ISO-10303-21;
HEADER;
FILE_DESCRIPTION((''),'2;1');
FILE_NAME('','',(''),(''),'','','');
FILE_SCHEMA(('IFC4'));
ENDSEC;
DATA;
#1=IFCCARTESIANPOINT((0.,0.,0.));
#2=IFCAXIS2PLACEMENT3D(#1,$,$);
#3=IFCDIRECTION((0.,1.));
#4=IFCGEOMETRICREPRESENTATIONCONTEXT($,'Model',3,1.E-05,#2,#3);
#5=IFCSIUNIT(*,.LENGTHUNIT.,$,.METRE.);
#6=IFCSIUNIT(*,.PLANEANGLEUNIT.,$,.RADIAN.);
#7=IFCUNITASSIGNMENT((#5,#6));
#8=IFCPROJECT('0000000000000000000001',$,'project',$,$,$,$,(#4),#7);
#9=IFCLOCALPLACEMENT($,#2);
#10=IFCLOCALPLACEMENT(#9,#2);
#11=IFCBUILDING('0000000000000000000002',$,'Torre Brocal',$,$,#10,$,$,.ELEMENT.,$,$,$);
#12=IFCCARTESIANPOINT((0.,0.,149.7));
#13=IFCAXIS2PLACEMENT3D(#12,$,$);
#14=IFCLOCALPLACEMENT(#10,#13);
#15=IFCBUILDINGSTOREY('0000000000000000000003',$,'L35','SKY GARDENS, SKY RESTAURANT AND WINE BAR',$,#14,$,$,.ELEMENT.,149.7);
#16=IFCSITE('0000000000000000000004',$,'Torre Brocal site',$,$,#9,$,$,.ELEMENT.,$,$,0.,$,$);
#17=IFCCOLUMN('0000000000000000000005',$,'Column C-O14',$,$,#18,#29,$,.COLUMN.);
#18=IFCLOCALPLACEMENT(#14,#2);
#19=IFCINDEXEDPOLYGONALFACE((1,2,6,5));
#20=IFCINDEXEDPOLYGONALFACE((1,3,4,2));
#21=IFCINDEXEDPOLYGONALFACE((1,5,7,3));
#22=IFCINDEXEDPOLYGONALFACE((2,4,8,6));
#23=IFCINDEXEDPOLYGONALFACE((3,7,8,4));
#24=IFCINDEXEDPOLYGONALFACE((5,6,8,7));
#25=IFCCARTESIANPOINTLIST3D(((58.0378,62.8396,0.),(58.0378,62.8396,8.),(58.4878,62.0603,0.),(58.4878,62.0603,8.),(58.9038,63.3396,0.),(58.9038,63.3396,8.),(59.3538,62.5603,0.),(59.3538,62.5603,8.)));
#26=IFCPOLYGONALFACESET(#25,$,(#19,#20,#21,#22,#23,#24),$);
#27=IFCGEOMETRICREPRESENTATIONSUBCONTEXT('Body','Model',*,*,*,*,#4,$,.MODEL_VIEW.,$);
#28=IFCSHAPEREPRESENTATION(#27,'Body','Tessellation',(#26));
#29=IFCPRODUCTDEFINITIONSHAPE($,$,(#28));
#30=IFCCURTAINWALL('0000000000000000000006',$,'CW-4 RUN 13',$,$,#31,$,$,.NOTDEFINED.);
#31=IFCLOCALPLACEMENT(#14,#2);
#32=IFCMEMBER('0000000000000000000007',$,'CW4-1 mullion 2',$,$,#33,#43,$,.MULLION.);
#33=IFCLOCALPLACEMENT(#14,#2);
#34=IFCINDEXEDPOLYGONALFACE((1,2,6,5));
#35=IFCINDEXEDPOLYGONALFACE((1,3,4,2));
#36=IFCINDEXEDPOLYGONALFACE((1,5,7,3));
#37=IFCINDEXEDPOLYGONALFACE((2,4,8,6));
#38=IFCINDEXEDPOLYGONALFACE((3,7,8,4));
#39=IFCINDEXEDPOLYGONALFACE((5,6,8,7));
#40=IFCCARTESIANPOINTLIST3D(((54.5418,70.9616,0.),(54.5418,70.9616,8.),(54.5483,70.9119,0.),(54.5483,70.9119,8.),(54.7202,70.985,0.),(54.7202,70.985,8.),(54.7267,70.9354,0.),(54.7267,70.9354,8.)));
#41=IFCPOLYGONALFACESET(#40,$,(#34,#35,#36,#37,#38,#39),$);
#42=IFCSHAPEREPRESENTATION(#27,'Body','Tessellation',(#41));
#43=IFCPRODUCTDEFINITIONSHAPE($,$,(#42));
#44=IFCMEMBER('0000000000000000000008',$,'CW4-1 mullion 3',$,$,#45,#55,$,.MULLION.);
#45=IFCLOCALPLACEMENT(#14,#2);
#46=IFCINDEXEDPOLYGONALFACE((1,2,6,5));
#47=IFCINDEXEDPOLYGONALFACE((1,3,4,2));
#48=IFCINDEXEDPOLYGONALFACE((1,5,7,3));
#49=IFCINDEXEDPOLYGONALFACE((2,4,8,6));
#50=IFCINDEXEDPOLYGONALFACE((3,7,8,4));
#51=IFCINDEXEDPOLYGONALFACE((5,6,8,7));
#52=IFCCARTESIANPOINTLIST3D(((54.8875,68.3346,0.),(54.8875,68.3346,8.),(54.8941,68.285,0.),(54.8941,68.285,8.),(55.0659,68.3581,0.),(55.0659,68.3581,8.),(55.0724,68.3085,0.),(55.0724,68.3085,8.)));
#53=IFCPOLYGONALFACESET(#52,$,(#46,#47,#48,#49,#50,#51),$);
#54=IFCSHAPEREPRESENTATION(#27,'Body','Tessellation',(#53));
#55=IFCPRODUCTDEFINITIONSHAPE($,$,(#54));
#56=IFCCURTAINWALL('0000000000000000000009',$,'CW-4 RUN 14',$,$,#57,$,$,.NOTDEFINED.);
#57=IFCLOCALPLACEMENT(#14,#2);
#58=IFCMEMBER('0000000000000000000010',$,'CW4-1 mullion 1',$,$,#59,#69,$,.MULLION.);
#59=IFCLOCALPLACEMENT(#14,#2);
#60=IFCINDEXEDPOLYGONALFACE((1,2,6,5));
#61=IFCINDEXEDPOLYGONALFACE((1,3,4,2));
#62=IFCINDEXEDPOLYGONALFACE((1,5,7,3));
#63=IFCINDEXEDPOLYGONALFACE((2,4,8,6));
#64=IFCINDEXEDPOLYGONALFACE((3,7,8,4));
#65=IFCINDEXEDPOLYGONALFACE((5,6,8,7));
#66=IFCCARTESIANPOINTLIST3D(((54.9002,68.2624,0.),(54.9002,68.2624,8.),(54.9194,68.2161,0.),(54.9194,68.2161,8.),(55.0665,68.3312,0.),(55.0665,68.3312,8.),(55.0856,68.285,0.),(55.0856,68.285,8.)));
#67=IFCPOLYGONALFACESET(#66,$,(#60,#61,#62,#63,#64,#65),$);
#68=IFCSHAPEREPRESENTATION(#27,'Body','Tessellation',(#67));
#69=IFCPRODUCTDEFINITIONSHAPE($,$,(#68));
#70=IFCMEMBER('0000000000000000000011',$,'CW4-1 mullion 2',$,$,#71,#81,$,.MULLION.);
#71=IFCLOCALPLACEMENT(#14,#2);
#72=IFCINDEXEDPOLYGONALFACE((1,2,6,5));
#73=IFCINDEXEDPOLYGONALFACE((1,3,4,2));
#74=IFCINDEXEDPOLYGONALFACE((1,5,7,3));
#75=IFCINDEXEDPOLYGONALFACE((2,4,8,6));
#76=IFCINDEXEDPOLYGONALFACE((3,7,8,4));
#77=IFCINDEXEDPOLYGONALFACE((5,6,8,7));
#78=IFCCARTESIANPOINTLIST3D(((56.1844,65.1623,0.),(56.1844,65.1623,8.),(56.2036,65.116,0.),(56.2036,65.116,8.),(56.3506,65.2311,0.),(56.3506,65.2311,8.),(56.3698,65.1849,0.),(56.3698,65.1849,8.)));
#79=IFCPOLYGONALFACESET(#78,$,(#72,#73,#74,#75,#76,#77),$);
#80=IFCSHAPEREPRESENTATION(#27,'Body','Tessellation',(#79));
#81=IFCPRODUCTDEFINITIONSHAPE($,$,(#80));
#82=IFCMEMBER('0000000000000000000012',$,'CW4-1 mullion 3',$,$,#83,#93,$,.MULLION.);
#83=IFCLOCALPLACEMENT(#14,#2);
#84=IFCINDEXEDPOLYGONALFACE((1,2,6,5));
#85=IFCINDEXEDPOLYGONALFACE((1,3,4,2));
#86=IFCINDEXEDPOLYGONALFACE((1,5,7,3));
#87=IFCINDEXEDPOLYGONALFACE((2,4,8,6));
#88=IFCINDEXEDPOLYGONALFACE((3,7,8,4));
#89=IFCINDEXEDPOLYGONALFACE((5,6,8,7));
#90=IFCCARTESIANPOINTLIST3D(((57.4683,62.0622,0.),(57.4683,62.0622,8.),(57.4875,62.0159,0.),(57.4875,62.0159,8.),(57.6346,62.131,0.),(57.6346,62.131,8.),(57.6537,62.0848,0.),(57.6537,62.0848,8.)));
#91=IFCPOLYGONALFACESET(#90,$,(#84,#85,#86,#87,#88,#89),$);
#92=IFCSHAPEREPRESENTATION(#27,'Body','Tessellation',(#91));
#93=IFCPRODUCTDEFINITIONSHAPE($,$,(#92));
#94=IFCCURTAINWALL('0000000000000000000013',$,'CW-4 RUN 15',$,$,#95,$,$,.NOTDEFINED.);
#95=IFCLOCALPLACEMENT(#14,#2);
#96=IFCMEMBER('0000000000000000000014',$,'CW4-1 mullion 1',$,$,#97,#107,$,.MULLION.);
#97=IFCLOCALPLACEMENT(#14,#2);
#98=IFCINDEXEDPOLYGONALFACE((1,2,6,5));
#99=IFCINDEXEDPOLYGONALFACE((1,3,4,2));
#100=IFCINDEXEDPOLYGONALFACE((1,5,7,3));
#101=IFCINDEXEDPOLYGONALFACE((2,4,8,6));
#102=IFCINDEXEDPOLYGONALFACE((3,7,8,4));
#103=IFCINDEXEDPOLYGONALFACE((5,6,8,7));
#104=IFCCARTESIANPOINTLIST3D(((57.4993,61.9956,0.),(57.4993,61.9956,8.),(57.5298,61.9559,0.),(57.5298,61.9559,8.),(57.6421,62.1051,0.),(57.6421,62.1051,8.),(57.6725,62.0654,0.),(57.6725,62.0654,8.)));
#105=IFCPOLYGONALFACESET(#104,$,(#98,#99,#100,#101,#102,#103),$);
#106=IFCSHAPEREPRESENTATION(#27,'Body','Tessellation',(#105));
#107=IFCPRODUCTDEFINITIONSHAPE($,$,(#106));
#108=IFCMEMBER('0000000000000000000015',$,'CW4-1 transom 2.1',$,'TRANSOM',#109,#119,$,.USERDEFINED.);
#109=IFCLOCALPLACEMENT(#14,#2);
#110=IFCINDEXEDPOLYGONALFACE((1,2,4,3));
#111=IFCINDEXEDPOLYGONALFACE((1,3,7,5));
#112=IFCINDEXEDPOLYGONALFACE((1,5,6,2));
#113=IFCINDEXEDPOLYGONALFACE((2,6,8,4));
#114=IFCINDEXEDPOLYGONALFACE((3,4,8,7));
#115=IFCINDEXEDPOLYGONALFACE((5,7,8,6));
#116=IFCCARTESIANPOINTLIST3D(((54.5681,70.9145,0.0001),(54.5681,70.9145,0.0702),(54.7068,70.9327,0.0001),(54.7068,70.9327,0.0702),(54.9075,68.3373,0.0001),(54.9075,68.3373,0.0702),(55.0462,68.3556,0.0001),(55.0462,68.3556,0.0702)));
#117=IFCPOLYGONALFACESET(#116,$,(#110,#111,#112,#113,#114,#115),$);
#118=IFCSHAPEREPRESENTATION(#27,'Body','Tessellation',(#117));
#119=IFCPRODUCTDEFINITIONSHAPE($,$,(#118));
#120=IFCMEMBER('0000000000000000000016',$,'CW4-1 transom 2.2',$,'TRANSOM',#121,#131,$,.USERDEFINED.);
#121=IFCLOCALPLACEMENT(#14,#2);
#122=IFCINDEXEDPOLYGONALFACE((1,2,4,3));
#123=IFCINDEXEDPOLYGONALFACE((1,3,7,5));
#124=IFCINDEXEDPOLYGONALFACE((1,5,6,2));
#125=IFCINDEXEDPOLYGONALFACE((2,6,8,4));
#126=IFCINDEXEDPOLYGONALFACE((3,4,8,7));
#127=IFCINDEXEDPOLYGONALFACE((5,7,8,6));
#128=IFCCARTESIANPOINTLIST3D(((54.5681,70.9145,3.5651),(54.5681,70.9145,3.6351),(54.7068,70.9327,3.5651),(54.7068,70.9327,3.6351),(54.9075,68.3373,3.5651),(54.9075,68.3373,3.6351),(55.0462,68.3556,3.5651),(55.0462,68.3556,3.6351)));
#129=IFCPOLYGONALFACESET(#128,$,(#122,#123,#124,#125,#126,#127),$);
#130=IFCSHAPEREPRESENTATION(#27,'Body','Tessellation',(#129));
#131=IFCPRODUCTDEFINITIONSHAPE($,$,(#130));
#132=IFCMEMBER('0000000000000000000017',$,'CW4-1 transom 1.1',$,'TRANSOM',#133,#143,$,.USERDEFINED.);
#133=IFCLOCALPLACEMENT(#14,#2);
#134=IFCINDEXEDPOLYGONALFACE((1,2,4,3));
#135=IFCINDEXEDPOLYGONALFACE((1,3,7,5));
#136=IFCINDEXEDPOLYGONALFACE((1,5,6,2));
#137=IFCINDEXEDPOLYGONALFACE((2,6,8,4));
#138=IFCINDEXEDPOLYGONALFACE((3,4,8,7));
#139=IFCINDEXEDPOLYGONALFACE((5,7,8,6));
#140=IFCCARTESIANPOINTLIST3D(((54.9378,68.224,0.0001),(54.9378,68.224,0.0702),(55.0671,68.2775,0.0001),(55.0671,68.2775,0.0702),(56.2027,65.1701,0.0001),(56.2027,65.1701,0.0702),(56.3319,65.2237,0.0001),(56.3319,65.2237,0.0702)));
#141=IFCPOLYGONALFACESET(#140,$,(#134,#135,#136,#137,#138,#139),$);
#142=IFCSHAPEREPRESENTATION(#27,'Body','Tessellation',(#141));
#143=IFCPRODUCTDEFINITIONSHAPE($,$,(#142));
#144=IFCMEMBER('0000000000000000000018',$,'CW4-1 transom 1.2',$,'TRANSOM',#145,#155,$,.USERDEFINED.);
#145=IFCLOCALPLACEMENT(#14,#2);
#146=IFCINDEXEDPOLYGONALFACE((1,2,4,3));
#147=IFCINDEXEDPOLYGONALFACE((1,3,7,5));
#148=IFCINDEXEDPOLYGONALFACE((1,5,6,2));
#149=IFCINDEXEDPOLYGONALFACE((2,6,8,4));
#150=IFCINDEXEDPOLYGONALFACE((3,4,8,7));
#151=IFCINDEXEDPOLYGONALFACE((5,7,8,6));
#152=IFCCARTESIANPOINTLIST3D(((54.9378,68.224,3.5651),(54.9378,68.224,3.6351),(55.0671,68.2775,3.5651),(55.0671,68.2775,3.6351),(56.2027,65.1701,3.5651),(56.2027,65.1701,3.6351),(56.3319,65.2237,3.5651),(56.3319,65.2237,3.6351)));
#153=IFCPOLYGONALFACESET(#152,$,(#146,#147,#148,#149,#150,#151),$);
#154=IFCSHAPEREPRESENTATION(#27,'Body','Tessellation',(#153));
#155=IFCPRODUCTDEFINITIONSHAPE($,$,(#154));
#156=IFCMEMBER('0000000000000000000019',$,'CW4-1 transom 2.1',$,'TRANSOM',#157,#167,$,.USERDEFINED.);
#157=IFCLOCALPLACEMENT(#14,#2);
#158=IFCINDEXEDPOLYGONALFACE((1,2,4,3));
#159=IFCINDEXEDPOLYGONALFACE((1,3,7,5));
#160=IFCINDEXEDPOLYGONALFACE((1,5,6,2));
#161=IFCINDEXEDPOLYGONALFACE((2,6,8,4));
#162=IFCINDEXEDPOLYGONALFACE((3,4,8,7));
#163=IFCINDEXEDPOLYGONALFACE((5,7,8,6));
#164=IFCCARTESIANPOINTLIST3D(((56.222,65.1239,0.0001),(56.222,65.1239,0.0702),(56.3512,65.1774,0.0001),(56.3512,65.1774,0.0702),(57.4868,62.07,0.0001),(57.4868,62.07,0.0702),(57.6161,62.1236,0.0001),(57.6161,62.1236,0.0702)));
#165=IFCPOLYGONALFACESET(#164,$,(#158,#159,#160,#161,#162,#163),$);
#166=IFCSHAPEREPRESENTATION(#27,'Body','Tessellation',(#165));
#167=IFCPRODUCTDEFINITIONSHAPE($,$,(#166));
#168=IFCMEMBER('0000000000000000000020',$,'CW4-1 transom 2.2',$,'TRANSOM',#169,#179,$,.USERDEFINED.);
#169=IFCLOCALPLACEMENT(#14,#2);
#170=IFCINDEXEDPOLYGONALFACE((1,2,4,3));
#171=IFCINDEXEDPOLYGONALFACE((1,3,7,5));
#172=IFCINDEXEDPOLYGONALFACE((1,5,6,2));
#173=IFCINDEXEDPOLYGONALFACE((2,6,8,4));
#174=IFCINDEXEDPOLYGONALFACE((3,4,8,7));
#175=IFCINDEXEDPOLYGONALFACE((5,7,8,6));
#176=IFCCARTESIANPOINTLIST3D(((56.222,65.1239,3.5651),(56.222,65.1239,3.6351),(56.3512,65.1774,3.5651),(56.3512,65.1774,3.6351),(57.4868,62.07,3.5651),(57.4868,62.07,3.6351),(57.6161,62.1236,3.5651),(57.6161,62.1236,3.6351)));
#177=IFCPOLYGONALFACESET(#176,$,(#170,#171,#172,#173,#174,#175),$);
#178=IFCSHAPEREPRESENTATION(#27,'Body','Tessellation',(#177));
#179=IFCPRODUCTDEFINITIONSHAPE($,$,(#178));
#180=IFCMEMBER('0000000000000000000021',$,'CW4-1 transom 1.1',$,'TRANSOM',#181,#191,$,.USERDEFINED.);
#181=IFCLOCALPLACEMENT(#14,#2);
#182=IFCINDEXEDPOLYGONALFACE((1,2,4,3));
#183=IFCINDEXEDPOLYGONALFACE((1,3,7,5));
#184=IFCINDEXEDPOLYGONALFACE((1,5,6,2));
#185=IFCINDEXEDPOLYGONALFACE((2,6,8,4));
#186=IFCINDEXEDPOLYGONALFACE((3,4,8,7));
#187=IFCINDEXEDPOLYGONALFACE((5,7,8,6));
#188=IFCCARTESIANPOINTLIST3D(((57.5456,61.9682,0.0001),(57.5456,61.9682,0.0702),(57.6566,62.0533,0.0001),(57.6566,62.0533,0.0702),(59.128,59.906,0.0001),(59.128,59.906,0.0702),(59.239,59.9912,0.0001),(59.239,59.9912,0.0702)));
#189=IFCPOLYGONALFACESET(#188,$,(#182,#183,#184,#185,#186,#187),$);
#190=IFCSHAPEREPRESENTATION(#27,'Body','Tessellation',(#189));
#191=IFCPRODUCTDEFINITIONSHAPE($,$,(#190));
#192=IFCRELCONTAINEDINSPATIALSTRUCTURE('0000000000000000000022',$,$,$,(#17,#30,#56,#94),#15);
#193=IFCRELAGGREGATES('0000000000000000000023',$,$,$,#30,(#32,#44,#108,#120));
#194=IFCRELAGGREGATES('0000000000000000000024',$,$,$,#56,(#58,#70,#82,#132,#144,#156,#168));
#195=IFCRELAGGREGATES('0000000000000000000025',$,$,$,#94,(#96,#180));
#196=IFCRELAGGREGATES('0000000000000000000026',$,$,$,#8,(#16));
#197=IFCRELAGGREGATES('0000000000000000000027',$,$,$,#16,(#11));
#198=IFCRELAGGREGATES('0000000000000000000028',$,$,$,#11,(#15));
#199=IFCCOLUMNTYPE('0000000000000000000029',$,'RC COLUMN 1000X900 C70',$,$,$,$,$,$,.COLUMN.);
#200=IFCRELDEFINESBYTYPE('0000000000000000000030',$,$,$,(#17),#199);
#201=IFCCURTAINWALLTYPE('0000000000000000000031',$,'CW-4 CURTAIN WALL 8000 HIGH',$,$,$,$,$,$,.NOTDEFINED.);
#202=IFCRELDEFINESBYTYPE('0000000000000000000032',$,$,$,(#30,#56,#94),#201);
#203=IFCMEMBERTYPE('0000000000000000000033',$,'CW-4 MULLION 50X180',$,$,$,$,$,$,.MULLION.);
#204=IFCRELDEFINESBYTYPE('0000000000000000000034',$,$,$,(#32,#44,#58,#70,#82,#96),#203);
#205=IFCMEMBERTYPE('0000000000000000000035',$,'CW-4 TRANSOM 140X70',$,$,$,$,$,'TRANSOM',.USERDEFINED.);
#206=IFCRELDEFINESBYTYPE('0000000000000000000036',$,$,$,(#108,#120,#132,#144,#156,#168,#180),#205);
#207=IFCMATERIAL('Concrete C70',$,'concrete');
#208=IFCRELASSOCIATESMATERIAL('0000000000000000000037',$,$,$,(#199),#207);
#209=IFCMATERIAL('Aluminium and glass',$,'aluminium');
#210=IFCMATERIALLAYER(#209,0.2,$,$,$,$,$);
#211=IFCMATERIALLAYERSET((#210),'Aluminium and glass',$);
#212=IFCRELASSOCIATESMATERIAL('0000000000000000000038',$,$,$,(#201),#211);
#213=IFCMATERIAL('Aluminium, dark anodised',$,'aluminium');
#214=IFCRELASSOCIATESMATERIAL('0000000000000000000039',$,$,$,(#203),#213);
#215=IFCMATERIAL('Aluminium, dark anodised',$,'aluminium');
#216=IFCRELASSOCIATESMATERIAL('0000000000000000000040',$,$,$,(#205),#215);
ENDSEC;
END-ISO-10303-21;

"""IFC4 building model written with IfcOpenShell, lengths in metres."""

from ifc_helpers import new_model, si_unit, direction, frame, origin, origin_2d, place, context, subcontext, project, spatial, rectangle, extrude, material, layer, layer_set, material_profile, profile_set, type_object, element, aggregate, save


model = new_model("IFC4")

# Units and contexts
model_context = context("Model", 3, precision=1e-05, world=origin(), true_north=direction((0.0, 1.0)))
body_context = subcontext(model_context, "Body", "Model", "MODEL_VIEW")
ifc_project = project(units=[si_unit("LENGTHUNIT", "METRE"), si_unit("PLANEANGLEUNIT", "RADIAN")], contexts=[model_context])

# Site, building, storey
site_placement = place(None, origin())
site = spatial("IfcSite", under=ifc_project, at=site_placement, Name="Torre Brocal site", CompositionType="ELEMENT", RefElevation=0.0)
building_placement = place(site_placement, origin())
building = spatial("IfcBuilding", under=site, at=building_placement, Name="Torre Brocal", CompositionType="ELEMENT")
storey_placement = place(building_placement, frame((0.0, 0.0, 149.7)))
storey = spatial("IfcBuildingStorey", under=building, at=storey_placement, Name="L35", Description="SKY GARDENS, SKY RESTAURANT AND WINE BAR", CompositionType="ELEMENT", Elevation=149.7)

# Column
ifc_material_1 = material(Name="Concrete C70", Category="concrete")
ifc_material_profile_1 = material_profile(ifc_material_1, rectangle(XDim=1.0, YDim=0.8999, at=origin_2d()), Name="RC 1000X900")
ifc_profile_set_1 = profile_set([ifc_material_profile_1], Name="Concrete C70")
column_type = type_object("IfcColumnType", Name="RC COLUMN 1000X900 C70", PredefinedType="COLUMN", material=ifc_profile_set_1)
column_placement = place(storey_placement, frame((58.6958, 62.7, 0.0), z_axis=(0.0, 0.0, 1.0), x_axis=(-0.866025, -0.5, 0.0)))
element("IfcColumn", 1, at=column_placement, inside=storey, type_object=column_type, Name="Column C-O14", PredefinedType="COLUMN", context=body_context, shape_type="SweptSolid", body=[
    extrude(rectangle(XDim=1.0, YDim=0.8999, at=origin_2d()), origin(), (0.0, 0.0, 1.0), 8.0),
])

# Curtain walls, members
ifc_material_2 = material(Name="Aluminium and glass", Category="aluminium")
ifc_layer_1 = layer(ifc_material_2, 0.2)
ifc_layer_set_1 = layer_set([ifc_layer_1], Name="Aluminium and glass")
curtain_wall_type = type_object("IfcCurtainWallType", Name="CW-4 CURTAIN WALL 8000 HIGH", PredefinedType="NOTDEFINED", material=ifc_layer_set_1)
curtain_wall_1_placement = place(storey_placement, origin())
curtain_wall_1 = element("IfcCurtainWall", 2, at=curtain_wall_1_placement, inside=storey, type_object=curtain_wall_type, Name="CW-4 RUN 13", PredefinedType="NOTDEFINED")
ifc_material_3 = material(Name="Aluminium, dark anodised", Category="aluminium")
ifc_material_profile_2 = material_profile(ifc_material_3, rectangle(XDim=0.1799, YDim=0.05, at=origin_2d()), Name="CW-4 MULLION 50X180")
ifc_profile_set_2 = profile_set([ifc_material_profile_2], Name="Aluminium, dark anodised")
member_type_1 = type_object("IfcMemberType", Name="CW-4 MULLION 50X180", PredefinedType="MULLION", material=ifc_profile_set_2)
member_1_placement = place(storey_placement, frame((54.6343, 70.9485, 0.0), z_axis=(0.0, 0.0, 1.0), x_axis=(0.991445, 0.130526, 0.0)))
member_1 = element("IfcMember", 3, at=member_1_placement, type_object=member_type_1, Name="CW4-1 mullion 2", PredefinedType="MULLION", context=body_context, shape_type="SweptSolid", body=[
    extrude(rectangle(XDim=0.1799, YDim=0.05, at=origin_2d()), origin(), (0.0, 0.0, 1.0), 8.0),
])
member_2_placement = place(storey_placement, frame((54.98, 68.3215, 0.0), z_axis=(0.0, 0.0, 1.0), x_axis=(0.991445, 0.130526, 0.0)))
member_2 = element("IfcMember", 4, at=member_2_placement, type_object=member_type_1, Name="CW4-1 mullion 3", PredefinedType="MULLION", context=body_context, shape_type="SweptSolid", body=[
    extrude(rectangle(XDim=0.1799, YDim=0.05, at=origin_2d()), origin(), (0.0, 0.0, 1.0), 8.0),
])
curtain_wall_2_placement = place(storey_placement, origin())
curtain_wall_2 = element("IfcCurtainWall", 5, at=curtain_wall_2_placement, inside=storey, type_object=curtain_wall_type, Name="CW-4 RUN 14", PredefinedType="NOTDEFINED")
member_3_placement = place(storey_placement, frame((54.9929, 68.2737, 0.0), z_axis=(0.0, 0.0, 1.0), x_axis=(0.92388, 0.382683, 0.0)))
member_3 = element("IfcMember", 6, at=member_3_placement, type_object=member_type_1, Name="CW4-1 mullion 1", PredefinedType="MULLION", context=body_context, shape_type="SweptSolid", body=[
    extrude(rectangle(XDim=0.1799, YDim=0.05, at=origin_2d()), origin(), (0.0, 0.0, 1.0), 8.0),
])
member_4_placement = place(storey_placement, frame((56.2771, 65.1736, 0.0), z_axis=(0.0, 0.0, 1.0), x_axis=(0.92388, 0.382683, 0.0)))
member_4 = element("IfcMember", 7, at=member_4_placement, type_object=member_type_1, Name="CW4-1 mullion 2", PredefinedType="MULLION", context=body_context, shape_type="SweptSolid", body=[
    extrude(rectangle(XDim=0.1799, YDim=0.05, at=origin_2d()), origin(), (0.0, 0.0, 1.0), 8.0),
])
member_5_placement = place(storey_placement, frame((57.561, 62.0735, 0.0), z_axis=(0.0, 0.0, 1.0), x_axis=(0.92388, 0.382683, 0.0)))
member_5 = element("IfcMember", 8, at=member_5_placement, type_object=member_type_1, Name="CW4-1 mullion 3", PredefinedType="MULLION", context=body_context, shape_type="SweptSolid", body=[
    extrude(rectangle(XDim=0.1799, YDim=0.05, at=origin_2d()), origin(), (0.0, 0.0, 1.0), 8.0),
])

# Curtain wall, member
curtain_wall_3_placement = place(storey_placement, origin())
curtain_wall_3 = element("IfcCurtainWall", 9, at=curtain_wall_3_placement, inside=storey, type_object=curtain_wall_type, Name="CW-4 RUN 15", PredefinedType="NOTDEFINED")
member_6_placement = place(storey_placement, frame((57.5859, 62.0305, 0.0), z_axis=(0.0, 0.0, 1.0), x_axis=(0.793353, 0.608761, 0.0)))
member_6 = element("IfcMember", 10, at=member_6_placement, type_object=member_type_1, Name="CW4-1 mullion 1", PredefinedType="MULLION", context=body_context, shape_type="SweptSolid", body=[
    extrude(rectangle(XDim=0.1799, YDim=0.05, at=origin_2d()), origin(), (0.0, 0.0, 1.0), 8.0),
])

# Members
ifc_material_4 = material(Name="Aluminium, dark anodised", Category="aluminium")
ifc_material_profile_3 = material_profile(ifc_material_4, rectangle(XDim=0.1399, YDim=0.0701, at=origin_2d()), Name="CW-4 TRANSOM 140X70")
ifc_profile_set_3 = profile_set([ifc_material_profile_3], Name="Aluminium, dark anodised")
member_type_2 = type_object("IfcMemberType", Name="CW-4 TRANSOM 140X70", ElementType="TRANSOM", PredefinedType="USERDEFINED", material=ifc_profile_set_3)
member_7_placement = place(storey_placement, frame((54.6375, 70.9236, 0.0352), z_axis=(0.130552, -0.991442, 0.0), x_axis=(0.991442, 0.130552, 0.0)))
member_7 = element("IfcMember", 11, at=member_7_placement, type_object=member_type_2, Name="CW4-1 transom 2.1", ObjectType="TRANSOM", PredefinedType="USERDEFINED", context=body_context, shape_type="SweptSolid", body=[
    extrude(rectangle(XDim=0.1399, YDim=0.0701, at=origin_2d()), origin(), (0.0, 0.0, 1.0), 2.5994),
])
member_8_placement = place(storey_placement, frame((54.6375, 70.9236, 3.6001), z_axis=(0.130552, -0.991442, 0.0), x_axis=(0.991442, 0.130552, 0.0)))
member_8 = element("IfcMember", 12, at=member_8_placement, type_object=member_type_2, Name="CW4-1 transom 2.2", ObjectType="TRANSOM", PredefinedType="USERDEFINED", context=body_context, shape_type="SweptSolid", body=[
    extrude(rectangle(XDim=0.1399, YDim=0.0701, at=origin_2d()), origin(), (0.0, 0.0, 1.0), 2.5994),
])
member_9_placement = place(storey_placement, frame((55.0024, 68.2507, 0.0352), z_axis=(0.382658, -0.92389, 0.0), x_axis=(0.92389, 0.382658, 0.0)))
member_9 = element("IfcMember", 13, at=member_9_placement, type_object=member_type_2, Name="CW4-1 transom 1.1", ObjectType="TRANSOM", PredefinedType="USERDEFINED", context=body_context, shape_type="SweptSolid", body=[
    extrude(rectangle(XDim=0.1399, YDim=0.0701, at=origin_2d()), origin(), (0.0, 0.0, 1.0), 3.3054),
])
member_10_placement = place(storey_placement, frame((55.0024, 68.2507, 3.6001), z_axis=(0.382658, -0.92389, 0.0), x_axis=(0.92389, 0.382658, 0.0)))
member_10 = element("IfcMember", 14, at=member_10_placement, type_object=member_type_2, Name="CW4-1 transom 1.2", ObjectType="TRANSOM", PredefinedType="USERDEFINED", context=body_context, shape_type="SweptSolid", body=[
    extrude(rectangle(XDim=0.1399, YDim=0.0701, at=origin_2d()), origin(), (0.0, 0.0, 1.0), 3.3054),
])
member_11_placement = place(storey_placement, frame((56.2866, 65.1506, 0.0352), z_axis=(0.382658, -0.92389, 0.0), x_axis=(0.92389, 0.382658, 0.0)))
member_11 = element("IfcMember", 15, at=member_11_placement, type_object=member_type_2, Name="CW4-1 transom 2.1", ObjectType="TRANSOM", PredefinedType="USERDEFINED", context=body_context, shape_type="SweptSolid", body=[
    extrude(rectangle(XDim=0.1399, YDim=0.0701, at=origin_2d()), origin(), (0.0, 0.0, 1.0), 3.3054),
])
member_12_placement = place(storey_placement, frame((56.2866, 65.1506, 3.6001), z_axis=(0.382658, -0.92389, 0.0), x_axis=(0.92389, 0.382658, 0.0)))
member_12 = element("IfcMember", 16, at=member_12_placement, type_object=member_type_2, Name="CW4-1 transom 2.2", ObjectType="TRANSOM", PredefinedType="USERDEFINED", context=body_context, shape_type="SweptSolid", body=[
    extrude(rectangle(XDim=0.1399, YDim=0.0701, at=origin_2d()), origin(), (0.0, 0.0, 1.0), 3.3054),
])
member_13_placement = place(storey_placement, frame((57.6011, 62.0107, 0.0352), z_axis=(0.608784, -0.793336, 0.0), x_axis=(0.793336, 0.608784, 0.0)))
member_13 = element("IfcMember", 17, at=member_13_placement, type_object=member_type_2, Name="CW4-1 transom 1.1", ObjectType="TRANSOM", PredefinedType="USERDEFINED", context=body_context, shape_type="SweptSolid", body=[
    extrude(rectangle(XDim=0.1399, YDim=0.0701, at=origin_2d()), origin(), (0.0, 0.0, 1.0), 2.5994),
])

aggregate(curtain_wall_1, [member_1, member_2, member_7, member_8])
aggregate(curtain_wall_2, [member_3, member_4, member_5, member_9, member_10, member_11, member_12])
aggregate(curtain_wall_3, [member_6, member_13])

save(model, "model.ifc")
